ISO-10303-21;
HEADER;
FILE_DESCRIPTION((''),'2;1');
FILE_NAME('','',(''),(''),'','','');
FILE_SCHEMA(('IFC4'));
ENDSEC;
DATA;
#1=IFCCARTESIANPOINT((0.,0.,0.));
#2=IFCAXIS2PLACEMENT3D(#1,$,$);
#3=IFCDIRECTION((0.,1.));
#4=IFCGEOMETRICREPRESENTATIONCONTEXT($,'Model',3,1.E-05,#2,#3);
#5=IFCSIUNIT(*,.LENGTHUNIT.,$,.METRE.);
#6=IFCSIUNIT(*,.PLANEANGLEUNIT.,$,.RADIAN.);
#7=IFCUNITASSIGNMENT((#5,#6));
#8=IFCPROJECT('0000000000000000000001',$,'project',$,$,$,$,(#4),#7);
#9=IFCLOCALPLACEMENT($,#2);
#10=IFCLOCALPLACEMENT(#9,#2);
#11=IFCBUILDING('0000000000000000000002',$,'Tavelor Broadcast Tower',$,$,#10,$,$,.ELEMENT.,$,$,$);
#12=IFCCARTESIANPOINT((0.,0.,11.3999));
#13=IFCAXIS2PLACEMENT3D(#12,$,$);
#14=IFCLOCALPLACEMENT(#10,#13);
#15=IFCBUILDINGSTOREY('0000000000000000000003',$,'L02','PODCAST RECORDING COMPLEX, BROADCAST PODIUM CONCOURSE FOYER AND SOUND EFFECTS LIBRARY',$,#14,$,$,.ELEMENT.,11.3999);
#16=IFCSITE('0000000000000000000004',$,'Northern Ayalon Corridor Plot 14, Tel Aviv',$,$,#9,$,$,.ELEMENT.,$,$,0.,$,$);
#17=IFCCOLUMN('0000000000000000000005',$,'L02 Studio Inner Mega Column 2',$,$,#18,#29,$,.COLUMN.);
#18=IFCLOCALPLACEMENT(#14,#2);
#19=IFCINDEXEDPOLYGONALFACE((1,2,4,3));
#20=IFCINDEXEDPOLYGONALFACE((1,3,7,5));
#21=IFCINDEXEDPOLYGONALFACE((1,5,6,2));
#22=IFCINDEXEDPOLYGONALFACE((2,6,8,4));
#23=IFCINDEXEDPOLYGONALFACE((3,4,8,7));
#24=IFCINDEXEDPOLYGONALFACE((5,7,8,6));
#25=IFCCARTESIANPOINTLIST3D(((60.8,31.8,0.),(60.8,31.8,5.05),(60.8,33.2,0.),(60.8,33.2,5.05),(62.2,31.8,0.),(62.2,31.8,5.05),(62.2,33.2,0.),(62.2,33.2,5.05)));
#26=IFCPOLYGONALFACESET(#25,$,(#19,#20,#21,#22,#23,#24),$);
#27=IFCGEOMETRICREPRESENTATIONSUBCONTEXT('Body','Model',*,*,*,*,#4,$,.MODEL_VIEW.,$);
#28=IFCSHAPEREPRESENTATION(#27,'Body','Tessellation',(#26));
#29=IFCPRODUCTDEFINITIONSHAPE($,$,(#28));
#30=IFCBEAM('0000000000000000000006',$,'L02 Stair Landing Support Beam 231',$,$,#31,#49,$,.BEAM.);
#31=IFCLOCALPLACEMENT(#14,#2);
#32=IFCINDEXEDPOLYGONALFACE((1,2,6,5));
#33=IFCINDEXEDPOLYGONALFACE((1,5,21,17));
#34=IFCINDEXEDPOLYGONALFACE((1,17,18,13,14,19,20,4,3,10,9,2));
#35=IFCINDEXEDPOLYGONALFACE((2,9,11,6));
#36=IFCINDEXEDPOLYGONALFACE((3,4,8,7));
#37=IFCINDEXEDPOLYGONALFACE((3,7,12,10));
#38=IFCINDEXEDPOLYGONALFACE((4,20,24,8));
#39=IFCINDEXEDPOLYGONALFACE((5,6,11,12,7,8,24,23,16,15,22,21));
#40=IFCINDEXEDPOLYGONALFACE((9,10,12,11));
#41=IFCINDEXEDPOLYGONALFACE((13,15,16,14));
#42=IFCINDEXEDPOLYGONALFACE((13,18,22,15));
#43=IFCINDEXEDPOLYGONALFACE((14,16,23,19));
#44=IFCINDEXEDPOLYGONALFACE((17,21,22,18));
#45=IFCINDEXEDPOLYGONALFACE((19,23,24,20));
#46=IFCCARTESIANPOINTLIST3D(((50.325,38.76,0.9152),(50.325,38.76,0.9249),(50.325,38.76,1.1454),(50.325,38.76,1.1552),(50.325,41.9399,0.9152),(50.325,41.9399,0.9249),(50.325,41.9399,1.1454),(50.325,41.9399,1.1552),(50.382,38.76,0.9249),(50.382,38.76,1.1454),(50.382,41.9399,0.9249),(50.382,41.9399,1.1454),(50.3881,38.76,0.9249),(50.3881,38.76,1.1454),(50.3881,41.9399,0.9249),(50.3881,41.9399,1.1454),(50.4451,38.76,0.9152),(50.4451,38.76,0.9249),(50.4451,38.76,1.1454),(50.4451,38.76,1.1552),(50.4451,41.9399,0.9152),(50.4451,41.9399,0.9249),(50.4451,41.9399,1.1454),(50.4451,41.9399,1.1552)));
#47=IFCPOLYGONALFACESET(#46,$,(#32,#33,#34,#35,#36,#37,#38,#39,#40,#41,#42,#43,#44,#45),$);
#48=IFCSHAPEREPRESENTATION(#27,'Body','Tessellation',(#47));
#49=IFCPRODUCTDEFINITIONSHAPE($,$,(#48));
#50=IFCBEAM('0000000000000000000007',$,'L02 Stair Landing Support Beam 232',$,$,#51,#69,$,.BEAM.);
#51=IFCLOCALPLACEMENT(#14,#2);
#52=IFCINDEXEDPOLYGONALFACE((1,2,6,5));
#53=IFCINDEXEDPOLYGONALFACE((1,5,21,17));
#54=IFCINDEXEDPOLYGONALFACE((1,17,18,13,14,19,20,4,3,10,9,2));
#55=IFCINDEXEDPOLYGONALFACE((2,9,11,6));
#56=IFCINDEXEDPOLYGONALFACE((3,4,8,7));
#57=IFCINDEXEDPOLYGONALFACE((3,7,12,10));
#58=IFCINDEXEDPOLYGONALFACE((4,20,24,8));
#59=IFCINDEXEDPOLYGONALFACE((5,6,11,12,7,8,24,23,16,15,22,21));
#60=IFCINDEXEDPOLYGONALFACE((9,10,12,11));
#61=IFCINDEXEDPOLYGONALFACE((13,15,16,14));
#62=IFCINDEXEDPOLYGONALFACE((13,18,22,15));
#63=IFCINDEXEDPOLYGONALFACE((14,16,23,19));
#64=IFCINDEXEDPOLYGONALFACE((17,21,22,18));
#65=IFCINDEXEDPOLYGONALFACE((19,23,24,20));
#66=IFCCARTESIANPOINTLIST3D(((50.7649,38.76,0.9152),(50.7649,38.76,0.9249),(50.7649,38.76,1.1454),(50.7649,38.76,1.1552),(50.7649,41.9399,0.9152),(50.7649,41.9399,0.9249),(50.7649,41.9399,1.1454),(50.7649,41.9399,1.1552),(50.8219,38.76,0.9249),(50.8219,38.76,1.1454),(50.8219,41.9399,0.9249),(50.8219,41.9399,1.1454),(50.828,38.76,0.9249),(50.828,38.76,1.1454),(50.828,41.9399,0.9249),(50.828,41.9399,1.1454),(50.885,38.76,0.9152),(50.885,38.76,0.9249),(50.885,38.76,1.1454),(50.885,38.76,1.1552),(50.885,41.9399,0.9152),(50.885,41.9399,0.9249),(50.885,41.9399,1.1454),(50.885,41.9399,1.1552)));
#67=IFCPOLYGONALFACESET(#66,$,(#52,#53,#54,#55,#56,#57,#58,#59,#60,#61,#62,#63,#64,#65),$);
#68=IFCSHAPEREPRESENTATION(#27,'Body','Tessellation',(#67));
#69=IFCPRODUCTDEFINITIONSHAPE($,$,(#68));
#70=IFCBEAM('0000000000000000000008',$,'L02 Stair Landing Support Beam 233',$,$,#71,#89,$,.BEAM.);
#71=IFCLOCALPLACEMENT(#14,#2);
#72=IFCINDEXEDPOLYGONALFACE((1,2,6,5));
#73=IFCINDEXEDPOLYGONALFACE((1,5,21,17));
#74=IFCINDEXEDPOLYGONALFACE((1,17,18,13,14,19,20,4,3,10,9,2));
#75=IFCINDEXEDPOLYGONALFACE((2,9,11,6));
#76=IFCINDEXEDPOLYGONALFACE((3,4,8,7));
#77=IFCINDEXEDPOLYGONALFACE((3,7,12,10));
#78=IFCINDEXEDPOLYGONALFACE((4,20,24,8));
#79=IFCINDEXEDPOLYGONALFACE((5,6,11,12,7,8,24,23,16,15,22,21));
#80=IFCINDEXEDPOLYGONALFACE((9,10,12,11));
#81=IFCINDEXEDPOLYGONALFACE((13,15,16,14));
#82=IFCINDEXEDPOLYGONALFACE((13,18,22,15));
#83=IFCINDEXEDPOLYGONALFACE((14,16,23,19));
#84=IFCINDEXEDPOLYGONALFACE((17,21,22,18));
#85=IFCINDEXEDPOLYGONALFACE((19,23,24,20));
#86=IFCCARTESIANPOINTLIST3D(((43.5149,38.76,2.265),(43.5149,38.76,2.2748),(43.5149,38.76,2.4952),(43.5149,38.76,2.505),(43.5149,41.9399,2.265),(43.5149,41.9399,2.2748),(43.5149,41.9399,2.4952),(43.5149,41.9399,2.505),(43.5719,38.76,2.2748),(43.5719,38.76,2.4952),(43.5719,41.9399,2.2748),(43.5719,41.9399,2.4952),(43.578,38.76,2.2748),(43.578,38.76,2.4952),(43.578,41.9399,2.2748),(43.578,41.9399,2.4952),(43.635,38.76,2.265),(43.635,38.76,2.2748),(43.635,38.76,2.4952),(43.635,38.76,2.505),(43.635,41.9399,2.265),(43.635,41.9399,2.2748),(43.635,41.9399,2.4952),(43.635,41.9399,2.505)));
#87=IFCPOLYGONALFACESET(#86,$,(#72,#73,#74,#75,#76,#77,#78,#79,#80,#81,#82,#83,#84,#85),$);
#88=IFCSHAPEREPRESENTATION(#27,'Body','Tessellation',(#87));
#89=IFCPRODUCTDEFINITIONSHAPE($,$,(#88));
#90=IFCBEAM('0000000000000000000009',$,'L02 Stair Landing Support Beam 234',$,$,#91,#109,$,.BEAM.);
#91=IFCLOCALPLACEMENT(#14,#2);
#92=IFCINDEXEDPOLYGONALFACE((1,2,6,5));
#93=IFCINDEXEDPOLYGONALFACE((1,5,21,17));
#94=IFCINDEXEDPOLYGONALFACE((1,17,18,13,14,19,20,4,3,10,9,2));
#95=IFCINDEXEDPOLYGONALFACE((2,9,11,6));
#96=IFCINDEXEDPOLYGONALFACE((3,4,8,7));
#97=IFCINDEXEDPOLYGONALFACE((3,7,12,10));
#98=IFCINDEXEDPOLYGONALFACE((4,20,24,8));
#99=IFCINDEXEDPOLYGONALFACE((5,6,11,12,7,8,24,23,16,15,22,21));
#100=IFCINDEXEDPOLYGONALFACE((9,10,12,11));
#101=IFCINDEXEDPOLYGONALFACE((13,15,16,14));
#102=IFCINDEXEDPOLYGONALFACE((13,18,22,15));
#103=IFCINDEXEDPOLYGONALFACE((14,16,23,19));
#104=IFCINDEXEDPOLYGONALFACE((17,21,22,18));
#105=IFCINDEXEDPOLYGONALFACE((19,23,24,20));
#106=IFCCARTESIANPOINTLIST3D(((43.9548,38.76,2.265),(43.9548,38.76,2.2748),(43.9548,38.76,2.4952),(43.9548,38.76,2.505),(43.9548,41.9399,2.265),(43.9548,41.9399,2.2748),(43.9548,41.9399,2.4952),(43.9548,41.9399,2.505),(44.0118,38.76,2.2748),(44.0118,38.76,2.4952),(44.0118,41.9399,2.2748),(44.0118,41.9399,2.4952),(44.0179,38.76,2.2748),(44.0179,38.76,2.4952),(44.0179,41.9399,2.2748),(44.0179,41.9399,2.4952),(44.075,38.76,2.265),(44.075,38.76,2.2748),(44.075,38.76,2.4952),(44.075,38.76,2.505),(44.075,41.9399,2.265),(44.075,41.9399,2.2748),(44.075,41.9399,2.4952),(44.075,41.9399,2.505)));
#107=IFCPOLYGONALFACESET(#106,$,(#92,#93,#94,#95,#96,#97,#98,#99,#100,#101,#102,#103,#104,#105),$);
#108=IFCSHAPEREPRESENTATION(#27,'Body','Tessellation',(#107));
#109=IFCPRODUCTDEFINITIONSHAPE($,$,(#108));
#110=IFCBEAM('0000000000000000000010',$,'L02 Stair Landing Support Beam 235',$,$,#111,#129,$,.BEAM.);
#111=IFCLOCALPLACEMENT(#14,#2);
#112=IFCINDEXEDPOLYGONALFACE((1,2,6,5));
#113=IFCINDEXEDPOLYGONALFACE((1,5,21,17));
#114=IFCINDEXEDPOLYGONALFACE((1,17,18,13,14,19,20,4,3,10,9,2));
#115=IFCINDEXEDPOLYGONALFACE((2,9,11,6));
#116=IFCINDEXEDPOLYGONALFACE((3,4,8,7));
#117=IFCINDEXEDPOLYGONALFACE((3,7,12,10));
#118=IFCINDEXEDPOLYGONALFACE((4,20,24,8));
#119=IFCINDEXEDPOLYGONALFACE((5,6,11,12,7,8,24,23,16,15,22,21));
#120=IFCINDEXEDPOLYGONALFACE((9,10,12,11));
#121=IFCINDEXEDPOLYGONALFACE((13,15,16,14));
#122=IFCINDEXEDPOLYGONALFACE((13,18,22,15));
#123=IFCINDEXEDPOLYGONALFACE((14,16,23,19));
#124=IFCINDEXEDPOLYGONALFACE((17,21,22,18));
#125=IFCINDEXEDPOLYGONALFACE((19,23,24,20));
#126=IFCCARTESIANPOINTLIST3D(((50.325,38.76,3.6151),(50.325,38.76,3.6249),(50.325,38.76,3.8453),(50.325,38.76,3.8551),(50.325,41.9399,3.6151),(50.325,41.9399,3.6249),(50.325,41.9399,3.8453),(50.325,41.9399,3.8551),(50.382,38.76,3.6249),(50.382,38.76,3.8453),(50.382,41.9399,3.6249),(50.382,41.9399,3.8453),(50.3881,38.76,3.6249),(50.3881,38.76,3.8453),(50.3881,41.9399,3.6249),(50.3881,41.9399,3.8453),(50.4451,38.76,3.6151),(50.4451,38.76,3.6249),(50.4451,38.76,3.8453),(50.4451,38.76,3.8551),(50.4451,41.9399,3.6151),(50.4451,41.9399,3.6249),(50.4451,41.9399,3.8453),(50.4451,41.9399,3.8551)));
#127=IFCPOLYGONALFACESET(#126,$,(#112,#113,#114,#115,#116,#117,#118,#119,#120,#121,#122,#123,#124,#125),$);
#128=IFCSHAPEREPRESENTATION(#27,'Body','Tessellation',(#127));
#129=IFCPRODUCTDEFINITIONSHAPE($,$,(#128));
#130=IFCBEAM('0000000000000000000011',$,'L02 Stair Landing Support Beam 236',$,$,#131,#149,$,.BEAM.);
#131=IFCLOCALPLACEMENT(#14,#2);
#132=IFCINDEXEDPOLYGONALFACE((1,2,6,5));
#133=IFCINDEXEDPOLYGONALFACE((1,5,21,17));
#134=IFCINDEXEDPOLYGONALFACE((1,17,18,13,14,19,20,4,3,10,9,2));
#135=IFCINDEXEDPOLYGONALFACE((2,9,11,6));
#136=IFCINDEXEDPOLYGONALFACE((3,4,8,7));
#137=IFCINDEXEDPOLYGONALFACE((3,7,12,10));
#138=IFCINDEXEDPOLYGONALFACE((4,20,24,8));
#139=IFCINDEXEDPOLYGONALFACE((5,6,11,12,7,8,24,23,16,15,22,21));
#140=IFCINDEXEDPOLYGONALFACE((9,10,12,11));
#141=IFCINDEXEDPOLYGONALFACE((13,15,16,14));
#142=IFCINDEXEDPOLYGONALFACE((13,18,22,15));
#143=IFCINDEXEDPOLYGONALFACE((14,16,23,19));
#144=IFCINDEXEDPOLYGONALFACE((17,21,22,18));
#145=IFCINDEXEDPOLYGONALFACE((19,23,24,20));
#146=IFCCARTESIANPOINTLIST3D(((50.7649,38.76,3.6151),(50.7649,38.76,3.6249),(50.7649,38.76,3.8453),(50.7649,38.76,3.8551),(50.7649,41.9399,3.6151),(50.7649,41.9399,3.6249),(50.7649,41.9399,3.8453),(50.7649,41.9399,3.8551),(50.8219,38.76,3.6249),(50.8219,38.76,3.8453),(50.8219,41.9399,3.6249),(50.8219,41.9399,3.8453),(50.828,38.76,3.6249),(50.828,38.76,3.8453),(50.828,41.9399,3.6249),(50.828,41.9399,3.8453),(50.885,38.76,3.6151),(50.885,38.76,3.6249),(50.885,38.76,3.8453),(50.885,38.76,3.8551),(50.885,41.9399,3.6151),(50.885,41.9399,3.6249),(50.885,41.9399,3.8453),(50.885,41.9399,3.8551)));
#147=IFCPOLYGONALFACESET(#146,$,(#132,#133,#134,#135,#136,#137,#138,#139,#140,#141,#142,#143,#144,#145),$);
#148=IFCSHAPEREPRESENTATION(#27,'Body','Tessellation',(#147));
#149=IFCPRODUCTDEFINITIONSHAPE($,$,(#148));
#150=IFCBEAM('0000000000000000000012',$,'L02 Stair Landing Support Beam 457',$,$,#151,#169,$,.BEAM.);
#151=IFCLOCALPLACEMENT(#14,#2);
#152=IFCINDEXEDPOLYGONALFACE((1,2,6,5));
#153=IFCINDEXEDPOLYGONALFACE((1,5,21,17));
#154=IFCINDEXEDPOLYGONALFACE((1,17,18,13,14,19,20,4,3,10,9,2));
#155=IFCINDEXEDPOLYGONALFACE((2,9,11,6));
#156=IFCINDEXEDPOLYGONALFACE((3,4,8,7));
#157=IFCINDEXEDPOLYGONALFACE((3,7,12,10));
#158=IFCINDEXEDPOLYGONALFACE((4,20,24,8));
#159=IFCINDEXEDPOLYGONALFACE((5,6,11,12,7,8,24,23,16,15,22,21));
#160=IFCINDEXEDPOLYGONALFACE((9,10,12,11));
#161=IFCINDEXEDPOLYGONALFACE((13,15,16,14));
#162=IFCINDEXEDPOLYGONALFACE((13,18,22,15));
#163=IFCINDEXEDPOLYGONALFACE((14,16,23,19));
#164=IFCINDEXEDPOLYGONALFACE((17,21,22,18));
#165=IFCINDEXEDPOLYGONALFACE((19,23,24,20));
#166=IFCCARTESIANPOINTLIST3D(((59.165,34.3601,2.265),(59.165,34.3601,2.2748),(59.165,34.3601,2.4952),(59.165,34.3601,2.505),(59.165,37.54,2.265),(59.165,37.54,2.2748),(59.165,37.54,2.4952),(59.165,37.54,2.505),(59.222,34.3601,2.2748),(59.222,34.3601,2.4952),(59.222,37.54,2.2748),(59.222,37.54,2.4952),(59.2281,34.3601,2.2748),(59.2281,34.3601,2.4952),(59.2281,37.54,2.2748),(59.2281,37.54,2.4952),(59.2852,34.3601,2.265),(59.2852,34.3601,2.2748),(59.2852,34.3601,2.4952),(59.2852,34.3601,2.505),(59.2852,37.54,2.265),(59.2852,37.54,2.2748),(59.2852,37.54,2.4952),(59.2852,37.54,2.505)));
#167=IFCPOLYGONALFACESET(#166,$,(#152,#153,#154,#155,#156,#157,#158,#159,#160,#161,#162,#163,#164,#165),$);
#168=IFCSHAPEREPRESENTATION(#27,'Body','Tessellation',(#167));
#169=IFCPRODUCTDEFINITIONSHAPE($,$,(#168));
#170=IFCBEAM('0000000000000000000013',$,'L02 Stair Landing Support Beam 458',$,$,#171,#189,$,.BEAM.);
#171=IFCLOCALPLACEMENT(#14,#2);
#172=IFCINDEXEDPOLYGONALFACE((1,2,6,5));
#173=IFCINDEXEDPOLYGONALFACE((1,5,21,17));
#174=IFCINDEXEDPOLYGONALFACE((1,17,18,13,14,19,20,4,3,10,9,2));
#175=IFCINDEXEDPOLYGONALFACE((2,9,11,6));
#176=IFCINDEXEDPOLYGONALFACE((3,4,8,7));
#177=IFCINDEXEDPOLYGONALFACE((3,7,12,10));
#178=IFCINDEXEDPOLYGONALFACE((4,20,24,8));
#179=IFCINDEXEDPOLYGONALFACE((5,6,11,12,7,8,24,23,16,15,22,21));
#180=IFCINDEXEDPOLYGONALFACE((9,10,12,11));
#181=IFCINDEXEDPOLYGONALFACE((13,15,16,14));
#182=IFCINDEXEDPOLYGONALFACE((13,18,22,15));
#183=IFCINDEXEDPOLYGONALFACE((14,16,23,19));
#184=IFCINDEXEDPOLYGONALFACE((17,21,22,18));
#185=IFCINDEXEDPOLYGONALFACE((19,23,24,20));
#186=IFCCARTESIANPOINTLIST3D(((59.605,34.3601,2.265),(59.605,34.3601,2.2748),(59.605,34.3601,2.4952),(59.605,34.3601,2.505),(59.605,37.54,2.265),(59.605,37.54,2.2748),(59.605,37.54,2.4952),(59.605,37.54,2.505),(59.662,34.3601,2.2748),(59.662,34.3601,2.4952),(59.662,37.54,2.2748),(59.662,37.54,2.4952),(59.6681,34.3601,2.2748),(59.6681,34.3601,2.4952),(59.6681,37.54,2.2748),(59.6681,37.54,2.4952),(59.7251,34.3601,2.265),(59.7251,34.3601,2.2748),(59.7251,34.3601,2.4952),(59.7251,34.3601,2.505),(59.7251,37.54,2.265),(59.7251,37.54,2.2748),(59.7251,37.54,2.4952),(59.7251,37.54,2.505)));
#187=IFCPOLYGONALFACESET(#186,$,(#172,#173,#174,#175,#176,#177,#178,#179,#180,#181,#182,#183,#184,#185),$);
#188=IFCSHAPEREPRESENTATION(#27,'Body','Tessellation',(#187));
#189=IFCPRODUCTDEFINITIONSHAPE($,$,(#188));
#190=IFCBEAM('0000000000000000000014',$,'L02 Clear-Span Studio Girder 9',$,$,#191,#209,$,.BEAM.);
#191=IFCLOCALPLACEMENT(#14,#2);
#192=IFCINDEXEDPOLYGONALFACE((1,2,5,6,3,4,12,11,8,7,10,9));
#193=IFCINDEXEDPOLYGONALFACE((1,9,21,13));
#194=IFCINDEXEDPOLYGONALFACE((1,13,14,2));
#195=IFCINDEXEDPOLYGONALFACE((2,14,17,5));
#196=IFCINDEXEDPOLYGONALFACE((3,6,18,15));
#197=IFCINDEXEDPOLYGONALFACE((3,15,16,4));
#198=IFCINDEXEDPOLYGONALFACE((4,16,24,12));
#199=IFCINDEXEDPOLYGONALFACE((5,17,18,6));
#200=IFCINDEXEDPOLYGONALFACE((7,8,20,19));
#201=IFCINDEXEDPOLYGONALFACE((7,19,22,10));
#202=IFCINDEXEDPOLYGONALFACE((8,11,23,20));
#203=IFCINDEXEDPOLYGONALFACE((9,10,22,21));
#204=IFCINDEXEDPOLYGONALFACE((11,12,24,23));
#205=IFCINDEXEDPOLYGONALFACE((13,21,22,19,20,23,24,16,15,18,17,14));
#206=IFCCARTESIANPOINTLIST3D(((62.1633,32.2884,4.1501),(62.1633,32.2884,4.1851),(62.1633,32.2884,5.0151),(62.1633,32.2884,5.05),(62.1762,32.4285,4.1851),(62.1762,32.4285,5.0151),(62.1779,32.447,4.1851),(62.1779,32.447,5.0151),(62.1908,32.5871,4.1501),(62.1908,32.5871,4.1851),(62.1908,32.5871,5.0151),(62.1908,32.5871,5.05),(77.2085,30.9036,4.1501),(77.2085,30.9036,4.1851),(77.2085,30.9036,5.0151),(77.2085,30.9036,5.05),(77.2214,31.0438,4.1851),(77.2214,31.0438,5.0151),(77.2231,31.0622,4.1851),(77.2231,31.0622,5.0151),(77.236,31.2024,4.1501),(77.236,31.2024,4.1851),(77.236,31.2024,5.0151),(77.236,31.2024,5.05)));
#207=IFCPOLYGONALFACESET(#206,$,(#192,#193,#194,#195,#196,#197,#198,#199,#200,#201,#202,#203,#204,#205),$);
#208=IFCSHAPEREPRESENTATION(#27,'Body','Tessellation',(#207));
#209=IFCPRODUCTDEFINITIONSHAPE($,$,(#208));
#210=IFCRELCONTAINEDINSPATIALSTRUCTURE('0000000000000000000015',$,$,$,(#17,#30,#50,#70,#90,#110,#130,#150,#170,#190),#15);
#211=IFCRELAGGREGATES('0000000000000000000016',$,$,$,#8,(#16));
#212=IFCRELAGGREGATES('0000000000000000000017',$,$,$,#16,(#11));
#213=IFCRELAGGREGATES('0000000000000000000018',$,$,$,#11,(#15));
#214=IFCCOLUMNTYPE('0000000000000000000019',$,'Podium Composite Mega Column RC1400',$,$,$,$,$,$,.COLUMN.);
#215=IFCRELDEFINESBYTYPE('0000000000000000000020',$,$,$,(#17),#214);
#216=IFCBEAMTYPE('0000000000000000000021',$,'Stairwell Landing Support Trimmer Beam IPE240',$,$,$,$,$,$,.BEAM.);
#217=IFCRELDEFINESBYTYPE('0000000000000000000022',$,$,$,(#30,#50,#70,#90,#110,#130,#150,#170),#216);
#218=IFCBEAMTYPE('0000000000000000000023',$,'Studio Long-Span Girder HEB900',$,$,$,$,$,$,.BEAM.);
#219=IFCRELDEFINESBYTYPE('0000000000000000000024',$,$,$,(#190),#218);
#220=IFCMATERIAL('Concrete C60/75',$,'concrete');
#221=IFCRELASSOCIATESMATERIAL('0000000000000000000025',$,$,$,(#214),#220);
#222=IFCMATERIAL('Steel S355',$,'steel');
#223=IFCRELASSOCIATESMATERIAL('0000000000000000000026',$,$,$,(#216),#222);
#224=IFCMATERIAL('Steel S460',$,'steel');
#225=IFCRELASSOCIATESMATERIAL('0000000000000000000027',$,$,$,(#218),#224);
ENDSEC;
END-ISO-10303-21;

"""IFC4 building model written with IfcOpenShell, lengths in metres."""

from ifc_helpers import new_model, si_unit, direction, frame, origin, origin_2d, place, context, subcontext, project, spatial, rectangle, i_section, extrude, material, material_profile, profile_set, type_object, element, save


model = new_model("IFC4")

# Units and contexts
model_context = context("Model", 3, precision=1e-05, world=origin(), true_north=direction((0.0, 1.0)))
body_context = subcontext(model_context, "Body", "Model", "MODEL_VIEW")
ifc_project = project(units=[si_unit("LENGTHUNIT", "METRE"), si_unit("PLANEANGLEUNIT", "RADIAN")], contexts=[model_context])

# Site, building, storey
site_placement = place(None, origin())
site = spatial("IfcSite", under=ifc_project, at=site_placement, Name="Northern Ayalon Corridor Plot 14, Tel Aviv", CompositionType="ELEMENT", RefElevation=0.0)
building_placement = place(site_placement, origin())
building = spatial("IfcBuilding", under=site, at=building_placement, Name="Tavelor Broadcast Tower", CompositionType="ELEMENT")
storey_placement = place(building_placement, frame((0.0, 0.0, 11.3999)))
storey = spatial("IfcBuildingStorey", under=building, at=storey_placement, Name="L02", Description="PODCAST RECORDING COMPLEX, BROADCAST PODIUM CONCOURSE FOYER AND SOUND EFFECTS LIBRARY", CompositionType="ELEMENT", Elevation=11.3999)

# Column
ifc_material_1 = material(Name="Concrete C60/75", Category="concrete")
ifc_material_profile_1 = material_profile(ifc_material_1, rectangle(XDim=1.3999, YDim=1.3999, at=origin_2d()), Name="RC 1400x1400")
ifc_profile_set_1 = profile_set([ifc_material_profile_1], Name="Concrete C60/75")
column_type = type_object("IfcColumnType", Name="Podium Composite Mega Column RC1400", PredefinedType="COLUMN", material=ifc_profile_set_1)
column_placement = place(storey_placement, frame((61.5, 32.5, 0.0), z_axis=(0.0, 0.0, 1.0), x_axis=(1.0, 0.0, 0.0)))
element("IfcColumn", 1, at=column_placement, inside=storey, type_object=column_type, Name="L02 Studio Inner Mega Column 2", PredefinedType="COLUMN", context=body_context, shape_type="SweptSolid", body=[
    extrude(rectangle(XDim=1.3999, YDim=1.3999, at=origin_2d()), origin(), (0.0, 0.0, 1.0), 5.05),
])

# Beams
ifc_material_2 = material(Name="Steel S355", Category="steel")
ifc_material_profile_2 = material_profile(ifc_material_2, i_section(OverallWidth=0.1201, OverallDepth=0.24, WebThickness=0.0061, FlangeThickness=0.0098, at=origin_2d()), Name="IPE 240")
ifc_profile_set_2 = profile_set([ifc_material_profile_2], Name="Steel S355")
beam_type_1 = type_object("IfcBeamType", Name="Stairwell Landing Support Trimmer Beam IPE240", PredefinedType="BEAM", material=ifc_profile_set_2)
for number, where, z_axis, x_axis, name in (
    (2, (50.385, 38.76, 1.0352), (0.0, 1.0, 0.0), (-1.0, 0.0, 0.0), "L02 Stair Landing Support Beam 231"),
    (3, (50.825, 38.76, 1.0352), (0.0, 1.0, 0.0), (-1.0, 0.0, 0.0), "L02 Stair Landing Support Beam 232"),
    (4, (43.575, 38.76, 2.385), (0.0, 1.0, 0.0), (-1.0, 0.0, 0.0), "L02 Stair Landing Support Beam 233"),
    (5, (44.0149, 38.76, 2.385), (0.0, 1.0, 0.0), (-1.0, 0.0, 0.0), "L02 Stair Landing Support Beam 234"),
    (6, (50.385, 38.76, 3.7351), (0.0, 1.0, 0.0), (-1.0, 0.0, 0.0), "L02 Stair Landing Support Beam 235"),
    (7, (50.825, 38.76, 3.7351), (0.0, 1.0, 0.0), (-1.0, 0.0, 0.0), "L02 Stair Landing Support Beam 236"),
    (8, (59.2251, 34.3601, 2.385), (0.0, 1.0, 0.0), (-1.0, 0.0, 0.0), "L02 Stair Landing Support Beam 457"),
    (9, (59.665, 34.3601, 2.385), (0.0, 1.0, 0.0), (-1.0, 0.0, 0.0), "L02 Stair Landing Support Beam 458"),
):
    element("IfcBeam", number, at=place(storey_placement, frame(where, z_axis=z_axis, x_axis=x_axis)), inside=storey, type_object=beam_type_1, Name=name, PredefinedType="BEAM", context=body_context, shape_type="SweptSolid", body=[
        extrude(i_section(OverallWidth=0.1201, OverallDepth=0.24, WebThickness=0.0061, FlangeThickness=0.0098, at=origin_2d()), origin(), (0.0, 0.0, 1.0), 3.1799),
    ])
ifc_material_3 = material(Name="Steel S460", Category="steel")
ifc_material_profile_3 = material_profile(ifc_material_3, i_section(OverallWidth=0.3, OverallDepth=0.8999, WebThickness=0.0186, FlangeThickness=0.0349, at=origin_2d()), Name="HEB 900")
ifc_profile_set_3 = profile_set([ifc_material_profile_3], Name="Steel S460")
beam_type_2 = type_object("IfcBeamType", Name="Studio Long-Span Girder HEB900", PredefinedType="BEAM", material=ifc_profile_set_3)
beam_placement = place(storey_placement, frame((62.177, 32.4377, 4.6001), z_axis=(0.995791, -0.091652, 0.0), x_axis=(0.091652, 0.995791, 0.0)))
element("IfcBeam", 10, at=beam_placement, inside=storey, type_object=beam_type_2, Name="L02 Clear-Span Studio Girder 9", PredefinedType="BEAM", context=body_context, shape_type="SweptSolid", body=[
    extrude(i_section(OverallWidth=0.3, OverallDepth=0.8999, WebThickness=0.0186, FlangeThickness=0.0349, at=origin_2d()), origin(), (0.0, 0.0, 1.0), 15.1089),
])

save(model, "model.ifc")
